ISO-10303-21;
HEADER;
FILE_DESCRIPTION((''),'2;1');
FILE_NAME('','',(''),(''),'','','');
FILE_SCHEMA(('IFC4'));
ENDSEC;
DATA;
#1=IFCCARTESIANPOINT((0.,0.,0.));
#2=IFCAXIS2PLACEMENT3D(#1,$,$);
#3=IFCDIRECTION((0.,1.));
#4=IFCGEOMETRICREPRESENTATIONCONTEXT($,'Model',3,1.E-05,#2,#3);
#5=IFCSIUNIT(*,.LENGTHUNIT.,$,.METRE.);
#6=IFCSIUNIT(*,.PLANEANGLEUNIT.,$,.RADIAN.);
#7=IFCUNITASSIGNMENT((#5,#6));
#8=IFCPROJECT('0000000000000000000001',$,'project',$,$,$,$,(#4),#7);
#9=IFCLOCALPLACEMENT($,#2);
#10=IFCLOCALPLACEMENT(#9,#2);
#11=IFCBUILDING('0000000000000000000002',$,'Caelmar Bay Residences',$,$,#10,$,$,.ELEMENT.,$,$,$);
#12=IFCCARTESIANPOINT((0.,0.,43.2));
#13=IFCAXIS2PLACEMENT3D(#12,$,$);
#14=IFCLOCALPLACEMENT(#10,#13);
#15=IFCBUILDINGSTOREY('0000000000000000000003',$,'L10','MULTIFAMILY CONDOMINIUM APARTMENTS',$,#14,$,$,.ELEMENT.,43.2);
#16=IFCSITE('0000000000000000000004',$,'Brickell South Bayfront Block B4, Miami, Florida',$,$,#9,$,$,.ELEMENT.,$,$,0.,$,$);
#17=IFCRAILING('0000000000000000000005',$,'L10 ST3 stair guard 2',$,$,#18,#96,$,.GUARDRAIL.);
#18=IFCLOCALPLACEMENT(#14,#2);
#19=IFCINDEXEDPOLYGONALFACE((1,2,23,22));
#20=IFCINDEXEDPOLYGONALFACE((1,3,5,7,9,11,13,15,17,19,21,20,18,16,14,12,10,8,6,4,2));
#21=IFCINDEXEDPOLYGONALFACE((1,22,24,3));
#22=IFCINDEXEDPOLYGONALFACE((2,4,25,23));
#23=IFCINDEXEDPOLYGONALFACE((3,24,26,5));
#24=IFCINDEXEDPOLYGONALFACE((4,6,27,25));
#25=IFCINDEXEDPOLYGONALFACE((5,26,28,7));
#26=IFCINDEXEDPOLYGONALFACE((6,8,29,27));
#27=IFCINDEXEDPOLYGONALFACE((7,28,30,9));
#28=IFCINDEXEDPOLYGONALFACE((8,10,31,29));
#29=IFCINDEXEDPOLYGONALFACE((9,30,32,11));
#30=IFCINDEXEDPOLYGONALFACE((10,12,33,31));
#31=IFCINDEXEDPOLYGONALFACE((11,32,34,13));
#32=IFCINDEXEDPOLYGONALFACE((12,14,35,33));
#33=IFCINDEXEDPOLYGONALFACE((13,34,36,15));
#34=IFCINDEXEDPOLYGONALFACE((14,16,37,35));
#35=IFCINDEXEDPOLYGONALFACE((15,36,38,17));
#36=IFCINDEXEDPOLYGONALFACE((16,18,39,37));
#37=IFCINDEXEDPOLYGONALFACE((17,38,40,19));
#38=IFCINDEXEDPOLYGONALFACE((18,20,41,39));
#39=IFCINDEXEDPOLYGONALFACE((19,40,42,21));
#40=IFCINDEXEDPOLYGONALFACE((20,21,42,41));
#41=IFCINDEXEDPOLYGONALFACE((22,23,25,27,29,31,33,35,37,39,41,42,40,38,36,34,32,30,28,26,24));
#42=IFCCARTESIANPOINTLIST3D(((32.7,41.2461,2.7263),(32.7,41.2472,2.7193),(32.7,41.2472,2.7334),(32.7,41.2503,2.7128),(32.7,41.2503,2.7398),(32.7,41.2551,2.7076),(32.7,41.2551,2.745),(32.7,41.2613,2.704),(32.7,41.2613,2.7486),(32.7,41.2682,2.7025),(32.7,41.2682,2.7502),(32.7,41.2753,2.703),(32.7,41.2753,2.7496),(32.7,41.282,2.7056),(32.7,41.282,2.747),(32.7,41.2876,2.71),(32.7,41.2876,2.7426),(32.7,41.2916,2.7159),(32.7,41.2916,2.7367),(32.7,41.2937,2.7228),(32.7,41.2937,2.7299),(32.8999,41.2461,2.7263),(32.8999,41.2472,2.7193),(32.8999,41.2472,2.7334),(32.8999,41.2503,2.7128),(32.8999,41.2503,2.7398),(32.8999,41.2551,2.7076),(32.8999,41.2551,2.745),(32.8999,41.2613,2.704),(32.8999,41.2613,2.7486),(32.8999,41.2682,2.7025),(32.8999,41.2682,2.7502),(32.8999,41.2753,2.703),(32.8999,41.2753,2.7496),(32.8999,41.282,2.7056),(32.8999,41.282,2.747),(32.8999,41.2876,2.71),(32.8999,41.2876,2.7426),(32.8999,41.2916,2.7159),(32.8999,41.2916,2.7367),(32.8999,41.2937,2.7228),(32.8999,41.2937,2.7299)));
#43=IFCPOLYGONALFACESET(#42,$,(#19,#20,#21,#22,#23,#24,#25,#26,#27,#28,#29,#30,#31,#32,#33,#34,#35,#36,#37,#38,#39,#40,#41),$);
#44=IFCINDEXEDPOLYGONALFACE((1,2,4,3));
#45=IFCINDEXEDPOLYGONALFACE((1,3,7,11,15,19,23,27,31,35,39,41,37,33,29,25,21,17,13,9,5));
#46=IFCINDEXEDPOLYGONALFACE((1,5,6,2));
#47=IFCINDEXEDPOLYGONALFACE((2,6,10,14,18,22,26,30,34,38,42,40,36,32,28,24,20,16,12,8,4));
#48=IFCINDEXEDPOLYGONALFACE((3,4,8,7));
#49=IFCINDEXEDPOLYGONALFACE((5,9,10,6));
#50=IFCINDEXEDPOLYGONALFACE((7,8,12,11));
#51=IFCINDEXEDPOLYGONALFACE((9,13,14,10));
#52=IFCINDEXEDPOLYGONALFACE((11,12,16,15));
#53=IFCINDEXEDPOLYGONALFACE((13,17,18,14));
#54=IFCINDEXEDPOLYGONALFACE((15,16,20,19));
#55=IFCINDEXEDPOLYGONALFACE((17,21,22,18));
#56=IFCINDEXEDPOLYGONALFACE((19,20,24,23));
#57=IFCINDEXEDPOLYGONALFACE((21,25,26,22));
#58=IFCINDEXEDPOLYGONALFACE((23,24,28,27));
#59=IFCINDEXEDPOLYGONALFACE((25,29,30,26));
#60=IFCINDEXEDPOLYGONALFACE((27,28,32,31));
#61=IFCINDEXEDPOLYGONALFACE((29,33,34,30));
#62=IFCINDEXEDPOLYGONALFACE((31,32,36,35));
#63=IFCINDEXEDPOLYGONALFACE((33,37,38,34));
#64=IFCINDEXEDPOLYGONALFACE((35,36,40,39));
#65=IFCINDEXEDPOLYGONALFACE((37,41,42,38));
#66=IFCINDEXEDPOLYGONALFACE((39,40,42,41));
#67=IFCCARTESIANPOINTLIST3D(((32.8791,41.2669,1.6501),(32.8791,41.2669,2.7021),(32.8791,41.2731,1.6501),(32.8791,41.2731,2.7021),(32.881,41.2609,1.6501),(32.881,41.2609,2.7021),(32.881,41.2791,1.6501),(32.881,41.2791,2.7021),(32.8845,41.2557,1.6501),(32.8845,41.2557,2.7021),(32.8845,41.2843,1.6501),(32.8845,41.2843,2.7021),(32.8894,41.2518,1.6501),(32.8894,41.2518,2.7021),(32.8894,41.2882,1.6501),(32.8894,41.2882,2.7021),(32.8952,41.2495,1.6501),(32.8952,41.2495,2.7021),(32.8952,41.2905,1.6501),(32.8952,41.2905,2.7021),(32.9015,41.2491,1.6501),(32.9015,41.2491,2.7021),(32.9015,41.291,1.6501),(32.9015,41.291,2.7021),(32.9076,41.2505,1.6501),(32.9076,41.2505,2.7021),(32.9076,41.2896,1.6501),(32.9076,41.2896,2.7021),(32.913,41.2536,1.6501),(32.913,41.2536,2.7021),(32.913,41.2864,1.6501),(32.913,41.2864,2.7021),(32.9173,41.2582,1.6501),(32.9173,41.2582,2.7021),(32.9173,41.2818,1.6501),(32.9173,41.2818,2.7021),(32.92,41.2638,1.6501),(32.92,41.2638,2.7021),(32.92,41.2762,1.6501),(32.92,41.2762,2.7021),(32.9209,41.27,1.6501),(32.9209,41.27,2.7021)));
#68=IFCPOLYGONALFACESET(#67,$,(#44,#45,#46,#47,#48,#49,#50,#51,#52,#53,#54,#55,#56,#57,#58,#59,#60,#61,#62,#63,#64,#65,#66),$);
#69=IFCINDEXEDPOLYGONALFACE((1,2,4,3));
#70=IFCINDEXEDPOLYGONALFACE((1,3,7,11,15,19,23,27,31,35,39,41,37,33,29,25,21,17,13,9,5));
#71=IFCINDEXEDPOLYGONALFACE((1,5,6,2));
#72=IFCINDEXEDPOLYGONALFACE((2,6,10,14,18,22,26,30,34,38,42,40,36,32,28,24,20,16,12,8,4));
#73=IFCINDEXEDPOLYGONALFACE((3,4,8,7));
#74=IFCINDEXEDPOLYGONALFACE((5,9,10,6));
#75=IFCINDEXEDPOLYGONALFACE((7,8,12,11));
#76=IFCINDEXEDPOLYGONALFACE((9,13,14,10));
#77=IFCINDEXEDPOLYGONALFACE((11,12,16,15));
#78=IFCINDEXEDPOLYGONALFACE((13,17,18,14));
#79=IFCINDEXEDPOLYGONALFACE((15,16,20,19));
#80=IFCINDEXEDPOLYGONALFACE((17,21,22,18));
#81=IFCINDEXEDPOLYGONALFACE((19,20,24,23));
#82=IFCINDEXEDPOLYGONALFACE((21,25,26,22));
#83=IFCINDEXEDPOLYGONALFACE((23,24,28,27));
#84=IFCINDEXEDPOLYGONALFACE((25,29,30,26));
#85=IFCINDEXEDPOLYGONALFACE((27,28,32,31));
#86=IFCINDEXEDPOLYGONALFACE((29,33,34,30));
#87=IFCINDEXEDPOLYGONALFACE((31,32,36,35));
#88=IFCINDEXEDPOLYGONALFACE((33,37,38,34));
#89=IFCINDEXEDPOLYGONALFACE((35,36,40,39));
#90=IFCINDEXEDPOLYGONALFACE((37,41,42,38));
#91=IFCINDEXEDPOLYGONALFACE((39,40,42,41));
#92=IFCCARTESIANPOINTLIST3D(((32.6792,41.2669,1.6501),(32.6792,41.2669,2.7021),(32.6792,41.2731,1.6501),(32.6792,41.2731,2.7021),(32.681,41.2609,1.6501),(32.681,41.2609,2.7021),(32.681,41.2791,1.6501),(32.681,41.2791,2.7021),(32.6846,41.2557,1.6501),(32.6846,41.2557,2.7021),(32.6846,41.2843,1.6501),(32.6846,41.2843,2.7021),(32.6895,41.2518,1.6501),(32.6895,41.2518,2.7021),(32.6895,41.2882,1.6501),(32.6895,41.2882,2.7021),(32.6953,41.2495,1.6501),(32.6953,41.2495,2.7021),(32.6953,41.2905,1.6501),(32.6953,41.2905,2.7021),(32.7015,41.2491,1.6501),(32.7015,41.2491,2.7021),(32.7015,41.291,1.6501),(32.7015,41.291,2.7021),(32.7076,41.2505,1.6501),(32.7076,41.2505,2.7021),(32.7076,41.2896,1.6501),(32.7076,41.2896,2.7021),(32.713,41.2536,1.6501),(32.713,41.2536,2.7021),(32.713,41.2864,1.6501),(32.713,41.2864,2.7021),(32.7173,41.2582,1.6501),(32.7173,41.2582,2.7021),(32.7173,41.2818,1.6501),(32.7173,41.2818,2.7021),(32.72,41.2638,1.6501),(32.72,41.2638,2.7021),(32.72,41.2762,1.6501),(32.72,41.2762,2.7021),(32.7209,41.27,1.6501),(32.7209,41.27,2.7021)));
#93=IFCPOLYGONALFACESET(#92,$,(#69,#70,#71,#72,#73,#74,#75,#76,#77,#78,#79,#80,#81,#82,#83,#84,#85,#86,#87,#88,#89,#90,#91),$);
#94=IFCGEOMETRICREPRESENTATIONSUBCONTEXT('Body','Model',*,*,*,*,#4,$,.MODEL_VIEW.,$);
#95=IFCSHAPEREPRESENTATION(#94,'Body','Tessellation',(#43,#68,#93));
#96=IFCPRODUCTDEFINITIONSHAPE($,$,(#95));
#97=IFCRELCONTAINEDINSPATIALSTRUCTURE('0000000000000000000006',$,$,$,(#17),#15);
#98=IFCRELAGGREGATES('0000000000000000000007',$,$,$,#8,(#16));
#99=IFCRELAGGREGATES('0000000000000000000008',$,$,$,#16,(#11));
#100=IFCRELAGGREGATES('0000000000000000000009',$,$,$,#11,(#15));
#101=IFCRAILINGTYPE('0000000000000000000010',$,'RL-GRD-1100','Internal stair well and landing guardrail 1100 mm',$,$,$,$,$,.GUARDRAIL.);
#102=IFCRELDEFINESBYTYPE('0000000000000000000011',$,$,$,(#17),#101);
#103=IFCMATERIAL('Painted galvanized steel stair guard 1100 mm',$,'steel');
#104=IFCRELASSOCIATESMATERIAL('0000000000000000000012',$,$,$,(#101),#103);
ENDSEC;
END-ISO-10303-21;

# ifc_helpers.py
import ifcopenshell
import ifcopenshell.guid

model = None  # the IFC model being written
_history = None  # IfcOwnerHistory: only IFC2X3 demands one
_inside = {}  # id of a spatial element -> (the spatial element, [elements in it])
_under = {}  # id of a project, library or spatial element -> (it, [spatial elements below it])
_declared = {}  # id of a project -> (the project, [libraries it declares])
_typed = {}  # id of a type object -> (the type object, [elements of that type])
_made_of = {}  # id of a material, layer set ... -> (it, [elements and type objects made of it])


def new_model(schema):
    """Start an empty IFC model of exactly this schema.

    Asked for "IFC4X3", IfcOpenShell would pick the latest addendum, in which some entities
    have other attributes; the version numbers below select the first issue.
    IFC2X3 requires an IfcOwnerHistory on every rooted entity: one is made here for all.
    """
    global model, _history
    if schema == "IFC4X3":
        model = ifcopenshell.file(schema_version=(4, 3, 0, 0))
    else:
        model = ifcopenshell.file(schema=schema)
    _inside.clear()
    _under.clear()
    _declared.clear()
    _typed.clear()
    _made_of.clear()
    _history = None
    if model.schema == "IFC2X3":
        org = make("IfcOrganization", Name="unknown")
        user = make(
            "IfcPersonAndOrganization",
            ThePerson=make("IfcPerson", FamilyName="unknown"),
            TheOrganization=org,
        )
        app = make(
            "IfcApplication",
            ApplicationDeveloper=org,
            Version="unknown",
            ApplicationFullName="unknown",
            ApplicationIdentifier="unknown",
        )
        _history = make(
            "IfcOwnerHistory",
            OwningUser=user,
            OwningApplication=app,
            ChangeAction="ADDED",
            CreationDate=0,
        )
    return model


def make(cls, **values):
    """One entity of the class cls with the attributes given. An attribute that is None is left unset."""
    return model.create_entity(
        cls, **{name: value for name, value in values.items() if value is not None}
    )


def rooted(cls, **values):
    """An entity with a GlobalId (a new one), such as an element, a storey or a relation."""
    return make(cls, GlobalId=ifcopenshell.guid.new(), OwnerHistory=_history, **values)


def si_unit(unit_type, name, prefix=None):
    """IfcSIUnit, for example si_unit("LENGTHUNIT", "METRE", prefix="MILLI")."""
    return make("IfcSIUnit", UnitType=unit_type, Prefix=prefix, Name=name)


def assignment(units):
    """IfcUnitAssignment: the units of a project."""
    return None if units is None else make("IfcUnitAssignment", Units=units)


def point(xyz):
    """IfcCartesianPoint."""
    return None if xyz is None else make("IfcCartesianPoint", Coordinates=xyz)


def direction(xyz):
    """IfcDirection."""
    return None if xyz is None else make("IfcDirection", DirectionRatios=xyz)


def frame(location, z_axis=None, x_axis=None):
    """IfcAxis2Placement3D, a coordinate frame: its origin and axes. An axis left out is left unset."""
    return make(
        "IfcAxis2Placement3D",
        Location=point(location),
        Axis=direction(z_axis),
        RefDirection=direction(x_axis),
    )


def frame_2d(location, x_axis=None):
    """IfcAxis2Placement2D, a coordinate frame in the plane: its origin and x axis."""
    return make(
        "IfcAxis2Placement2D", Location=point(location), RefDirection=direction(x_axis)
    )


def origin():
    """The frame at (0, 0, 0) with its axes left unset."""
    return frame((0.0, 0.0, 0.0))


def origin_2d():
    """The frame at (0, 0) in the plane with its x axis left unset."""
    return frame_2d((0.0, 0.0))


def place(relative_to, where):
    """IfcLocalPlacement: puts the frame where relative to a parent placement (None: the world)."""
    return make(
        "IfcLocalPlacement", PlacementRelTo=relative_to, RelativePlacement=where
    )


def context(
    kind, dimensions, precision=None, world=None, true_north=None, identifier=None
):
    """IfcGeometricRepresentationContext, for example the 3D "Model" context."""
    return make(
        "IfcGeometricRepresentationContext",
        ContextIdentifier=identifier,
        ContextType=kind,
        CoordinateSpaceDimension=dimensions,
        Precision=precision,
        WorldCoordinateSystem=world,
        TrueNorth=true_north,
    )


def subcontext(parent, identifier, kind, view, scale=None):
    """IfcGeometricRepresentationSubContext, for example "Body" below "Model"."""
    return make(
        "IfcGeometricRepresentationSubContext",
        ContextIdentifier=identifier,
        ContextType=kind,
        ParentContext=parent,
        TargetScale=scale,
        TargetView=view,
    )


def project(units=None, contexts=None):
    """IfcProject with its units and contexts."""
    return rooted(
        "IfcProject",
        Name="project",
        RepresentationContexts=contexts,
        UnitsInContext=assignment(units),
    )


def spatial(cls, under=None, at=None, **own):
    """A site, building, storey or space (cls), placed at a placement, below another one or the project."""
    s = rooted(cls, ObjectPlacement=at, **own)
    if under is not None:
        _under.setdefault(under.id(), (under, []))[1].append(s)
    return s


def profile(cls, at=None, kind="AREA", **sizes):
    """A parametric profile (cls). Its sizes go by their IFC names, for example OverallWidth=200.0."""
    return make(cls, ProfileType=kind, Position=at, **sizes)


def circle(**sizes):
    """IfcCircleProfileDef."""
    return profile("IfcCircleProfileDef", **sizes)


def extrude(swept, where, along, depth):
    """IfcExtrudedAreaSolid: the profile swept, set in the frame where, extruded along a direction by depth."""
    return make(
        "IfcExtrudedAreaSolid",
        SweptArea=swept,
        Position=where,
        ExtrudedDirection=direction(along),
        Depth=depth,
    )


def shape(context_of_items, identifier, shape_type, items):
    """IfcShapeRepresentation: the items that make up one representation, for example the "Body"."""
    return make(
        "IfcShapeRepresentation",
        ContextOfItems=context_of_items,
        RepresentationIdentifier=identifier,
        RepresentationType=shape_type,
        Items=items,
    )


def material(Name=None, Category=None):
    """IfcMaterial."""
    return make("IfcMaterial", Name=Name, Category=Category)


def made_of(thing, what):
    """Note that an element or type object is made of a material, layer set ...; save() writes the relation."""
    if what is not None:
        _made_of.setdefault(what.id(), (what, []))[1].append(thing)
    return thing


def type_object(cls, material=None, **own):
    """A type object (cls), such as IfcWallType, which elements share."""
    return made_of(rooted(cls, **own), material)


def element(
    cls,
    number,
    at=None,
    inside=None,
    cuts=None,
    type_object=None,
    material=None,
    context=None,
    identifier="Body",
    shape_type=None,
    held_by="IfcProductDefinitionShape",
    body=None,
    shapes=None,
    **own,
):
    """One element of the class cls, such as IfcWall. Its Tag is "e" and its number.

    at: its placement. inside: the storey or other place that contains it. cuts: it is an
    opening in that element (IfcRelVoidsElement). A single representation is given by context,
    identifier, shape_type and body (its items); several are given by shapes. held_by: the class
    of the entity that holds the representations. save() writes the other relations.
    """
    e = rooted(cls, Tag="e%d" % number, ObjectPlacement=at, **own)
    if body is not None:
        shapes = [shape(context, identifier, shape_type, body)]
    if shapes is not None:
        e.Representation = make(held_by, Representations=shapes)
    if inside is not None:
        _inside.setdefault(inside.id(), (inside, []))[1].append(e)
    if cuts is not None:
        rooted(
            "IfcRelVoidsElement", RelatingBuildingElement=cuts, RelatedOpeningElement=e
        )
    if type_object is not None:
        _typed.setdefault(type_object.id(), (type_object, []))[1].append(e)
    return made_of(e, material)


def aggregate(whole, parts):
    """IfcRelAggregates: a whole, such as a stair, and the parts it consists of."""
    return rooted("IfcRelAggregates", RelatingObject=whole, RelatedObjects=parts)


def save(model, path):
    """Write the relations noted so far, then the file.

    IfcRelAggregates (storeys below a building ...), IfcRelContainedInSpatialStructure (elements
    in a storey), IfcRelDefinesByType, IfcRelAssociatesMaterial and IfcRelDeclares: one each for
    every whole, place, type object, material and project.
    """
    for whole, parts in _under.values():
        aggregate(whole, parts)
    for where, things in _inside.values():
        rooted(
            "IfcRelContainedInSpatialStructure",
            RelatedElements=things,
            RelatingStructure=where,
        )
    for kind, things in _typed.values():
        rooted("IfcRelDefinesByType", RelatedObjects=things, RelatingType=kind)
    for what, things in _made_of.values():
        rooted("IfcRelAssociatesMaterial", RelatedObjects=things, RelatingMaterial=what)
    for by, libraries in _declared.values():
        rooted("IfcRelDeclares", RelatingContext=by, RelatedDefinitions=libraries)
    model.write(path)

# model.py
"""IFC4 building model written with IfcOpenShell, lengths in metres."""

from ifc_helpers import new_model, si_unit, direction, frame, origin, origin_2d, place, context, subcontext, project, spatial, circle, extrude, material, type_object, element, save


model = new_model("IFC4")

# Units and contexts
model_context = context("Model", 3, precision=1e-05, world=origin(), true_north=direction((0.0, 1.0)))
body_context = subcontext(model_context, "Body", "Model", "MODEL_VIEW")
ifc_project = project(units=[si_unit("LENGTHUNIT", "METRE"), si_unit("PLANEANGLEUNIT", "RADIAN")], contexts=[model_context])

# Site, building, storey
site_placement = place(None, origin())
site = spatial("IfcSite", under=ifc_project, at=site_placement, Name="Brickell South Bayfront Block B4, Miami, Florida", CompositionType="ELEMENT", RefElevation=0.0)
building_placement = place(site_placement, origin())
building = spatial("IfcBuilding", under=site, at=building_placement, Name="Caelmar Bay Residences", CompositionType="ELEMENT")
storey_placement = place(building_placement, frame((0.0, 0.0, 43.2)))
storey = spatial("IfcBuildingStorey", under=building, at=storey_placement, Name="L10", Description="MULTIFAMILY CONDOMINIUM APARTMENTS", CompositionType="ELEMENT", Elevation=43.2)

# Railing
ifc_material_1 = material(Name="Painted galvanized steel stair guard 1100 mm", Category="steel")
railing_type_1 = type_object("IfcRailingType", Name="RL-GRD-1100", Description="Internal stair well and landing guardrail 1100 mm", PredefinedType="GUARDRAIL", material=ifc_material_1)
railing_1_placement = place(storey_placement, frame((32.8999, 41.27, 1.6501)))
element("IfcRailing", 1, at=railing_1_placement, inside=storey, type_object=railing_type_1, Name="L10 ST3 stair guard 2", PredefinedType="GUARDRAIL", context=body_context, shape_type="SweptSolid", body=[
    extrude(circle(Radius=0.0239, at=origin_2d()), frame((0.0, 0.0, 1.0762), z_axis=(-1.0, 0.0, 0.0), x_axis=(0.0, -1.0, 0.0)), (0.0, 0.0, 1.0), 0.2),
    extrude(circle(Radius=0.021, at=origin_2d()), origin(), (0.0, 0.0, 1.0), 1.052),
    extrude(circle(Radius=0.021, at=origin_2d()), frame((-0.2, 0.0, 0.0)), (0.0, 0.0, 1.0), 1.052),
])

save(model, "model.ifc")
